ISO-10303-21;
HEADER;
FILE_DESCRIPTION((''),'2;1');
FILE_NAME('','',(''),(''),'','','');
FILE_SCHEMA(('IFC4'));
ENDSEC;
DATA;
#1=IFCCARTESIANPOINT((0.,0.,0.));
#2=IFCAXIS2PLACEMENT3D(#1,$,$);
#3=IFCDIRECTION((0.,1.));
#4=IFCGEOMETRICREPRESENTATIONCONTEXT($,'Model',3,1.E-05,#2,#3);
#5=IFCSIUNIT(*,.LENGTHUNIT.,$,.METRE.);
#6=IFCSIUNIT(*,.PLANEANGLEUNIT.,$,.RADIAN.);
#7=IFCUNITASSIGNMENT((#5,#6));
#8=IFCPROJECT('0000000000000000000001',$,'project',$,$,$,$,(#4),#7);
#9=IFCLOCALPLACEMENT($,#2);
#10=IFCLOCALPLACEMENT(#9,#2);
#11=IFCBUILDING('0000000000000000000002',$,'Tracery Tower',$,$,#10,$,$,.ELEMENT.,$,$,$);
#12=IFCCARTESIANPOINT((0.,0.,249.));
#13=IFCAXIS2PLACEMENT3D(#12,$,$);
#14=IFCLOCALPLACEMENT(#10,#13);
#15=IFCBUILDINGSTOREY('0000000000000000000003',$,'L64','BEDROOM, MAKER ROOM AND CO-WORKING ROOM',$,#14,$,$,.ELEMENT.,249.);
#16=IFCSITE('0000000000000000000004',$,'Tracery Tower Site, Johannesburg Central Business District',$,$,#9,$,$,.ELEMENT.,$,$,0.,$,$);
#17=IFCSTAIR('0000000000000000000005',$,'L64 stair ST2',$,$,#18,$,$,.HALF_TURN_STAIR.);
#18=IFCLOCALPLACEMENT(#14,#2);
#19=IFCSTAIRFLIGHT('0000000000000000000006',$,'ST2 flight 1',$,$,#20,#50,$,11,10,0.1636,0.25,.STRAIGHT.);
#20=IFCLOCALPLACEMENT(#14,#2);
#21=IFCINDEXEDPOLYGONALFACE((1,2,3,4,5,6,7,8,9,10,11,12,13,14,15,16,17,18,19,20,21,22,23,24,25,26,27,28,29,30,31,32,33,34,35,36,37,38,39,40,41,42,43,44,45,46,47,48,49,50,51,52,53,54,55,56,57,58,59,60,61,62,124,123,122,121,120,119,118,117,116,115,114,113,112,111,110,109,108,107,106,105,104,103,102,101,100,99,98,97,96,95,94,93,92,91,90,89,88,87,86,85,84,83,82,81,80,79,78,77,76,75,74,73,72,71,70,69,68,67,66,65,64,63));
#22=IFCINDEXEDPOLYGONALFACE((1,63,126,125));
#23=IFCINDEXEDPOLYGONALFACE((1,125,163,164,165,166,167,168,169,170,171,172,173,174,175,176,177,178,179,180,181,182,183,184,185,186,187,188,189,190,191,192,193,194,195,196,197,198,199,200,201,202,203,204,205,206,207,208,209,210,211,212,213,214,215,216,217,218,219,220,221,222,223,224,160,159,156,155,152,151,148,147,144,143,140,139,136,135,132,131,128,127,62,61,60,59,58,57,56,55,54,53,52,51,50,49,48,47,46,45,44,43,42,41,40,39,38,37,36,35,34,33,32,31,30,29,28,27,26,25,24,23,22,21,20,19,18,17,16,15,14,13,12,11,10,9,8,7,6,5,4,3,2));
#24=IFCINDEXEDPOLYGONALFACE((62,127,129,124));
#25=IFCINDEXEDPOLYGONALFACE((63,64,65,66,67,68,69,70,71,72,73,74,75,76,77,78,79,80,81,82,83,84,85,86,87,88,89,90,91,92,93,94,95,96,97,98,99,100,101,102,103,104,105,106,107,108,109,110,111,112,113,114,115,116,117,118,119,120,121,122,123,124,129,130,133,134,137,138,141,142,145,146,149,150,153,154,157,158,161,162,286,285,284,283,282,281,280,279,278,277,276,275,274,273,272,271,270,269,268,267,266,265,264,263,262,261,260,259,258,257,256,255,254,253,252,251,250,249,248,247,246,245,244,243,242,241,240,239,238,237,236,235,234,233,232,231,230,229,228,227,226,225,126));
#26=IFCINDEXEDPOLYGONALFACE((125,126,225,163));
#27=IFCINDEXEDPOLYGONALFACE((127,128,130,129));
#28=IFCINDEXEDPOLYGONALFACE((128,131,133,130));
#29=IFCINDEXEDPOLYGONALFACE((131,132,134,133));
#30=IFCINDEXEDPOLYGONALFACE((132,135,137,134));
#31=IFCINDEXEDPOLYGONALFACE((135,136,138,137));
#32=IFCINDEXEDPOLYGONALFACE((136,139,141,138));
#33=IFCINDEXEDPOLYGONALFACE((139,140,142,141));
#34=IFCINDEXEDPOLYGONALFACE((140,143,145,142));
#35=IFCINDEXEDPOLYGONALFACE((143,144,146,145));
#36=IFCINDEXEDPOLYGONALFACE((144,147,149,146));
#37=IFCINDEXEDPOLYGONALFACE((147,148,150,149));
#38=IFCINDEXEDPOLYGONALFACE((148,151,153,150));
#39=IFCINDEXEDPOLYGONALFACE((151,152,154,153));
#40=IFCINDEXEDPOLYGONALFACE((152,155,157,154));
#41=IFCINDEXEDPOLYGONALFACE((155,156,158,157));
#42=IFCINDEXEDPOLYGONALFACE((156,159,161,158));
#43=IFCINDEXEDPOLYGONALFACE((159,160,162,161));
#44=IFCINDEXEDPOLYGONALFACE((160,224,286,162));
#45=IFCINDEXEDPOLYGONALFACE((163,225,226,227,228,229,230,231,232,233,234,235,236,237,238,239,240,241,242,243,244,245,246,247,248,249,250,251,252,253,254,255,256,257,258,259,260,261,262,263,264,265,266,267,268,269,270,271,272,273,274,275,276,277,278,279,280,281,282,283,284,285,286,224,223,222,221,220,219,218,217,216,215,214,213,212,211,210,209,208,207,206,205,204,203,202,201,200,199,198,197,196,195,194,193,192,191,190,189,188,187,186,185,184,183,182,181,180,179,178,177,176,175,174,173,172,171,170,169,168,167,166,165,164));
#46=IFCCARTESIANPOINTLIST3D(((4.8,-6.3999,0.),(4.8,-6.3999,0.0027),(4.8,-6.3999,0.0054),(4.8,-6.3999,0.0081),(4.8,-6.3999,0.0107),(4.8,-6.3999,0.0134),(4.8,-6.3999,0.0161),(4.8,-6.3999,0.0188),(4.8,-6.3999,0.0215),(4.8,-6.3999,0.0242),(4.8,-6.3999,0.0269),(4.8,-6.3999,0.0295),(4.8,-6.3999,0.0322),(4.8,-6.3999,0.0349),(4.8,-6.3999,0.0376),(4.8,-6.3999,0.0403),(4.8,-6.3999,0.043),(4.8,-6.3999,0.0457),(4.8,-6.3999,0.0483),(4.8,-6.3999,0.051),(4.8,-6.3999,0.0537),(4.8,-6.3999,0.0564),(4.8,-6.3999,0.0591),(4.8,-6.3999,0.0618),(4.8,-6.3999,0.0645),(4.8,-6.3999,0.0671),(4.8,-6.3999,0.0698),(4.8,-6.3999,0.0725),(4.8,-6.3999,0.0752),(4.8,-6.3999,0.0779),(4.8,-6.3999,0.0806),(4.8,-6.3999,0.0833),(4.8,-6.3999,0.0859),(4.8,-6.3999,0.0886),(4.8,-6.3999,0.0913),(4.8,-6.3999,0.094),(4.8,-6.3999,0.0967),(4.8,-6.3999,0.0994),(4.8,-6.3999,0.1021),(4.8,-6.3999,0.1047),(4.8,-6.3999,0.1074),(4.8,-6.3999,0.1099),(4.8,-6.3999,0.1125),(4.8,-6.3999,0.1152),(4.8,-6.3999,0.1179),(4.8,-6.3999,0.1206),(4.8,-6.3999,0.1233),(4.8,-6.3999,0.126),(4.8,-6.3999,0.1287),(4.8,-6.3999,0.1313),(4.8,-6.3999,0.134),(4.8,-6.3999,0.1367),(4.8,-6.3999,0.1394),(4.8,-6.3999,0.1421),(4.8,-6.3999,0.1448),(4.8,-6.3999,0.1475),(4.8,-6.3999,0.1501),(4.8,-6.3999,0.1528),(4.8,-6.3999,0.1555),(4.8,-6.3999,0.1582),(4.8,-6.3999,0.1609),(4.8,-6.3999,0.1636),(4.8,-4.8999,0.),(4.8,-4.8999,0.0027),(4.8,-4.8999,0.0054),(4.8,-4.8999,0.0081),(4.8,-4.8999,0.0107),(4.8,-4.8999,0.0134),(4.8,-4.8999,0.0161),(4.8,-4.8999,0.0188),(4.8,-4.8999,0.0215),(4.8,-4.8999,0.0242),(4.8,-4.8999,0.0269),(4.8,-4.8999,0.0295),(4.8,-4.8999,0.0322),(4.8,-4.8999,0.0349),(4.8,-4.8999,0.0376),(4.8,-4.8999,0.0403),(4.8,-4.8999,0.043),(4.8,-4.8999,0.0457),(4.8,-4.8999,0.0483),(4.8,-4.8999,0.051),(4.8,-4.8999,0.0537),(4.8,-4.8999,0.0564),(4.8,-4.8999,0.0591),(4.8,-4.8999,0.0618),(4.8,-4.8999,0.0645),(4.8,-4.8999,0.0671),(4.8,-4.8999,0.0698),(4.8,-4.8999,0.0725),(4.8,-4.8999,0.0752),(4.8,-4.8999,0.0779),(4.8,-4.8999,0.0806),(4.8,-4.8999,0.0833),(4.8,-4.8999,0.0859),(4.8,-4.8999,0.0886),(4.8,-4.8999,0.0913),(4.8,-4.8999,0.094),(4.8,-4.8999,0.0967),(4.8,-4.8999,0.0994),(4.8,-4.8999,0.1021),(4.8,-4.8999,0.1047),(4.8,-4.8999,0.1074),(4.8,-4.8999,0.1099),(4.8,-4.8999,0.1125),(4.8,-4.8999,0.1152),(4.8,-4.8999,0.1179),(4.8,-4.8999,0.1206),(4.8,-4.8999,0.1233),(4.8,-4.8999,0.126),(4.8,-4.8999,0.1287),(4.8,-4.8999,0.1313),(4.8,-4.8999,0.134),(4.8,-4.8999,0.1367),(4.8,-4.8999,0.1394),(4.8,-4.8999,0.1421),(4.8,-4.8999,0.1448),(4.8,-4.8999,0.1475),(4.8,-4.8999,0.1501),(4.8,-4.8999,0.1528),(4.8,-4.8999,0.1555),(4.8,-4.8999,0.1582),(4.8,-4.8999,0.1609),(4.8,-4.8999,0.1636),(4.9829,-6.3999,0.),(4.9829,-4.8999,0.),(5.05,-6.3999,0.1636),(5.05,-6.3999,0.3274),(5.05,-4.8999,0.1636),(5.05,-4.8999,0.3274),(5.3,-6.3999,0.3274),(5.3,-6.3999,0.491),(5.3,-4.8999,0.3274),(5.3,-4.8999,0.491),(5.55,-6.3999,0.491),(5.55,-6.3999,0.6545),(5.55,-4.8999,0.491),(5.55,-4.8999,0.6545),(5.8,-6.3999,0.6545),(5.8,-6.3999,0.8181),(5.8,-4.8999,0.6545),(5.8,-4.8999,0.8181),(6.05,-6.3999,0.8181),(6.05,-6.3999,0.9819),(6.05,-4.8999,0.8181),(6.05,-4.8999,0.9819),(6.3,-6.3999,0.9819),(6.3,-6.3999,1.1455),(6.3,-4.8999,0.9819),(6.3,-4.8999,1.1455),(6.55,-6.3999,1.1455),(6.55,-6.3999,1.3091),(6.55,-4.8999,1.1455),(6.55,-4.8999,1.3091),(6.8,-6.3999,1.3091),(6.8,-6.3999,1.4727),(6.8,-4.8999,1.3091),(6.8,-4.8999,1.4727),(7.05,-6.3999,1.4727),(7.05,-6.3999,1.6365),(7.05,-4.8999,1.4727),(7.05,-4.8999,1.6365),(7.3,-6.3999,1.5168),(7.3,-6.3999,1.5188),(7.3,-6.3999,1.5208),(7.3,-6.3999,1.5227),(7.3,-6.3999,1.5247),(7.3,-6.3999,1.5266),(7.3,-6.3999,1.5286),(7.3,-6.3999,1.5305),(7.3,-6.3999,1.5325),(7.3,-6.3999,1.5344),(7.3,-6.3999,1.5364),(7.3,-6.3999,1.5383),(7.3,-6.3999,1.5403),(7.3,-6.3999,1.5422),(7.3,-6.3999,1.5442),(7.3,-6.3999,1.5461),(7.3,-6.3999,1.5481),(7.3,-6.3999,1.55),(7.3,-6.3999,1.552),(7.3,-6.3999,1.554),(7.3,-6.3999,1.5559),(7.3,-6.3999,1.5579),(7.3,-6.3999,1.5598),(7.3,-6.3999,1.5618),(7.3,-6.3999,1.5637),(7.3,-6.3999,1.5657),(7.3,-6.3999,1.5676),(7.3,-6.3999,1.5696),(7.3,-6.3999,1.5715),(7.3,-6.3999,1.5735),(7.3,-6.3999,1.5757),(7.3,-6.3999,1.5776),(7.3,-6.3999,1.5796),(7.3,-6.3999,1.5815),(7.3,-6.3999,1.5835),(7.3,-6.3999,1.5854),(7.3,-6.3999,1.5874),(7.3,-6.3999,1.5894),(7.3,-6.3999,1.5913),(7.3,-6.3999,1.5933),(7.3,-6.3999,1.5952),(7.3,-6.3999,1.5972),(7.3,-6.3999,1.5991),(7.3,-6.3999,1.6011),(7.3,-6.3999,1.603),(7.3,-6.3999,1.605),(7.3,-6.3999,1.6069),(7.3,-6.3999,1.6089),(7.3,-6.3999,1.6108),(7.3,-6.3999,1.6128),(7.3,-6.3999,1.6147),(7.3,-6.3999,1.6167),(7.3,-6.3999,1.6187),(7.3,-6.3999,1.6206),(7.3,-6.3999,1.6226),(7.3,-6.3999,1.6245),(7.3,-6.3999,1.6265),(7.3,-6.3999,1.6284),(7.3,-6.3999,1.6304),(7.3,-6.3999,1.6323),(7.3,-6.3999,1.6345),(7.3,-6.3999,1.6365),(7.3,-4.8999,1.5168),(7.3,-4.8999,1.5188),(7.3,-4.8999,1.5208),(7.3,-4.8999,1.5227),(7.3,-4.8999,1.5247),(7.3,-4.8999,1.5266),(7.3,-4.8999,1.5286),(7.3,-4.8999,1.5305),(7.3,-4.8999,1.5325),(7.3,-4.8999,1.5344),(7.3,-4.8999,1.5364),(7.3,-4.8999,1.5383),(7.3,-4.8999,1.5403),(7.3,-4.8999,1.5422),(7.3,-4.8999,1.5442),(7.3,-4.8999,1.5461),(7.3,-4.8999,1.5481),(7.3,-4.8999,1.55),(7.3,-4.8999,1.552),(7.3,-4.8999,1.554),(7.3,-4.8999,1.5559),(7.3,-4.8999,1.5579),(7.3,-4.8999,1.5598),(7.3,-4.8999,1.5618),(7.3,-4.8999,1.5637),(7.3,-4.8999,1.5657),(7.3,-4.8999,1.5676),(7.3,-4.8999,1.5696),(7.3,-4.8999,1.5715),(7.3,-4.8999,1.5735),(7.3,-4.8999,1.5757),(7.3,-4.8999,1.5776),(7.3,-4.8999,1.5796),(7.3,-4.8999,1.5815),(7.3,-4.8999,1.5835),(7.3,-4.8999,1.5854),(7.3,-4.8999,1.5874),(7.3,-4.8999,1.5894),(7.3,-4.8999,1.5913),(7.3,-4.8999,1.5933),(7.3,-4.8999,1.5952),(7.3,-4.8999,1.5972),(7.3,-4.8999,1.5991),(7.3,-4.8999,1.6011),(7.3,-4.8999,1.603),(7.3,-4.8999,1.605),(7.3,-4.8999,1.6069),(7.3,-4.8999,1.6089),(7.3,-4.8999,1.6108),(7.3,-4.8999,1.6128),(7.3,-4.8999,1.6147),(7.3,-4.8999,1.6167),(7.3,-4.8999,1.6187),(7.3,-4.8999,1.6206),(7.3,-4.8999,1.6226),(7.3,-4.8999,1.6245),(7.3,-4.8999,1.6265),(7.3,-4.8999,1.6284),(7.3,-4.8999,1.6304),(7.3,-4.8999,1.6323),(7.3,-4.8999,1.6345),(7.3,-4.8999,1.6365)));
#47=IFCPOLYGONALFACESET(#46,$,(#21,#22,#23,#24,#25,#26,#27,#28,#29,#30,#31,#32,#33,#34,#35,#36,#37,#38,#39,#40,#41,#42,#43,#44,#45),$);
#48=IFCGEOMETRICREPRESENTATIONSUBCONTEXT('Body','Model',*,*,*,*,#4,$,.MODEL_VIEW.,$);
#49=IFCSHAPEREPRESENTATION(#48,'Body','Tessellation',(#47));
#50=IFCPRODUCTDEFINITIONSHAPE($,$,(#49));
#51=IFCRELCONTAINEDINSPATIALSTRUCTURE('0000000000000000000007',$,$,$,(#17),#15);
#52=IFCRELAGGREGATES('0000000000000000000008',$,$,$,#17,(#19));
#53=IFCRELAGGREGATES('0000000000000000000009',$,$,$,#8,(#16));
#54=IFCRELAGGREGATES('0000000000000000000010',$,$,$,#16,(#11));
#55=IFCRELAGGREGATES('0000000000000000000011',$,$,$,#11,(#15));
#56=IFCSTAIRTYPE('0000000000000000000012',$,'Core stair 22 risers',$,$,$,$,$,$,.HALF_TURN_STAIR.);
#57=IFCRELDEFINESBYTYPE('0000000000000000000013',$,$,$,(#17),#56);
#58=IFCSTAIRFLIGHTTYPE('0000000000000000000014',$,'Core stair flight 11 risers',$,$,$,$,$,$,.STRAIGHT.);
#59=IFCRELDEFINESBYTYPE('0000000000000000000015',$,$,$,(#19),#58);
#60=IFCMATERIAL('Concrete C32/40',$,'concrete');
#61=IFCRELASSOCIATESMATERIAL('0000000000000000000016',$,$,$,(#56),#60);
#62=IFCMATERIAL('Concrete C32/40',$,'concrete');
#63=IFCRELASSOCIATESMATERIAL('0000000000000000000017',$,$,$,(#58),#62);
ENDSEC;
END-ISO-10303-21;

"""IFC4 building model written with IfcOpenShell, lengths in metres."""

from ifc_helpers import new_model, si_unit, direction, frame, origin, place, context, subcontext, project, spatial, polyline, outline, extrude, material, type_object, element, aggregate, save


model = new_model("IFC4")

# Units and contexts
model_context = context("Model", 3, precision=1e-05, world=origin(), true_north=direction((0.0, 1.0)))
body_context = subcontext(model_context, "Body", "Model", "MODEL_VIEW")
ifc_project = project(units=[si_unit("LENGTHUNIT", "METRE"), si_unit("PLANEANGLEUNIT", "RADIAN")], contexts=[model_context])

# Site, building, storey
site_placement = place(None, origin())
site = spatial("IfcSite", under=ifc_project, at=site_placement, Name="Tracery Tower Site, Johannesburg Central Business District", CompositionType="ELEMENT", RefElevation=0.0)
building_placement = place(site_placement, origin())
building = spatial("IfcBuilding", under=site, at=building_placement, Name="Tracery Tower", CompositionType="ELEMENT")
storey_placement = place(building_placement, frame((0.0, 0.0, 249.0)))
storey = spatial("IfcBuildingStorey", under=building, at=storey_placement, Name="L64", Description="BEDROOM, MAKER ROOM AND CO-WORKING ROOM", CompositionType="ELEMENT", Elevation=249.0)

# Shared definitions
ifc_material_1 = material(Name="Concrete C32/40", Category="concrete")
stair_type = type_object("IfcStairType", Name="Core stair 22 risers", PredefinedType="HALF_TURN_STAIR", material=ifc_material_1)

# Stair, stair flight
stair_1_placement = place(storey_placement, origin())
stair_1 = element("IfcStair", 1, at=stair_1_placement, inside=storey, type_object=stair_type, Name="L64 stair ST2", PredefinedType="HALF_TURN_STAIR")
ifc_material_2 = material(Name="Concrete C32/40", Category="concrete")
stair_flight_type = type_object("IfcStairFlightType", Name="Core stair flight 11 risers", PredefinedType="STRAIGHT", material=ifc_material_2)
stair_flight_1_placement = place(storey_placement, frame((4.8, -5.6499, 0.0), z_axis=(0.0, 0.0, 1.0), x_axis=(1.0, 0.0, 0.0)))
stair_flight_1 = element("IfcStairFlight", 2, at=stair_flight_1_placement, type_object=stair_flight_type, Name="ST2 flight 1", NumberOfRisers=11, NumberOfTreads=10, PredefinedType="STRAIGHT", RiserHeight=0.1636, TreadLength=0.25, context=body_context, shape_type="SweptSolid", body=[
    extrude(outline(polyline([(0.0, 0.0), (0.0, 0.0027), (0.0, 0.0054), (0.0, 0.0081), (0.0, 0.0107), (0.0, 0.0134), (0.0, 0.0161), (0.0, 0.0188), (0.0, 0.0215), (0.0, 0.0242), (0.0, 0.0269), (0.0, 0.0295), (0.0, 0.0322), (0.0, 0.0349), (0.0, 0.0376), (0.0, 0.0403), (0.0, 0.043), (0.0, 0.0457), (0.0, 0.0483), (0.0, 0.051), (0.0, 0.0537), (0.0, 0.0564), (0.0, 0.0591), (0.0, 0.0618), (0.0, 0.0645), (0.0, 0.0671), (0.0, 0.0698), (0.0, 0.0725), (0.0, 0.0752), (0.0, 0.0779), (0.0, 0.0806), (0.0, 0.0833), (0.0, 0.0859), (0.0, 0.0886), (0.0, 0.0913), (0.0, 0.094), (0.0, 0.0967), (0.0, 0.0994), (0.0, 0.1021), (0.0, 0.1047), (0.0, 0.1074), (0.0, 0.1099), (0.0, 0.1125), (0.0, 0.1152), (0.0, 0.1179), (0.0, 0.1206), (0.0, 0.1233), (0.0, 0.126), (0.0, 0.1287), (0.0, 0.1313), (0.0, 0.134), (0.0, 0.1367), (0.0, 0.1394), (0.0, 0.1421), (0.0, 0.1448), (0.0, 0.1475), (0.0, 0.1501), (0.0, 0.1528), (0.0, 0.1555), (0.0, 0.1582), (0.0, 0.1609), (0.0, 0.1636), (0.25, 0.1636), (0.25, 0.3274), (0.5, 0.3274), (0.5, 0.491), (0.75, 0.491), (0.75, 0.6545), (1.0, 0.6545), (1.0, 0.8181), (1.25, 0.8181), (1.25, 0.9819), (1.5, 0.9819), (1.5, 1.1455), (1.75, 1.1455), (1.75, 1.3091), (2.0, 1.3091), (2.0, 1.4727), (2.25, 1.4727), (2.25, 1.6365), (2.5, 1.6365), (2.5, 1.6345), (2.5, 1.6323), (2.5, 1.6304), (2.5, 1.6284), (2.5, 1.6265), (2.5, 1.6245), (2.5, 1.6226), (2.5, 1.6206), (2.5, 1.6187), (2.5, 1.6167), (2.5, 1.6147), (2.5, 1.6128), (2.5, 1.6108), (2.5, 1.6089), (2.5, 1.6069), (2.5, 1.605), (2.5, 1.603), (2.5, 1.6011), (2.5, 1.5991), (2.5, 1.5972), (2.5, 1.5952), (2.5, 1.5933), (2.5, 1.5913), (2.5, 1.5894), (2.5, 1.5874), (2.5, 1.5854), (2.5, 1.5835), (2.5, 1.5815), (2.5, 1.5796), (2.5, 1.5776), (2.5, 1.5757), (2.5, 1.5735), (2.5, 1.5715), (2.5, 1.5696), (2.5, 1.5676), (2.5, 1.5657), (2.5, 1.5637), (2.5, 1.5618), (2.5, 1.5598), (2.5, 1.5579), (2.5, 1.5559), (2.5, 1.554), (2.5, 1.552), (2.5, 1.55), (2.5, 1.5481), (2.5, 1.5461), (2.5, 1.5442), (2.5, 1.5422), (2.5, 1.5403), (2.5, 1.5383), (2.5, 1.5364), (2.5, 1.5344), (2.5, 1.5325), (2.5, 1.5305), (2.5, 1.5286), (2.5, 1.5266), (2.5, 1.5247), (2.5, 1.5227), (2.5, 1.5208), (2.5, 1.5188), (2.5, 1.5168), (0.1829, 0.0), (0.0, 0.0)])), frame((0.0, 0.75, 0.0), z_axis=(0.0, -1.0, 0.0), x_axis=(1.0, 0.0, 0.0)), (0.0, 0.0, 1.0), 1.5),
])
aggregate(stair_1, [stair_flight_1])

save(model, "model.ifc")
